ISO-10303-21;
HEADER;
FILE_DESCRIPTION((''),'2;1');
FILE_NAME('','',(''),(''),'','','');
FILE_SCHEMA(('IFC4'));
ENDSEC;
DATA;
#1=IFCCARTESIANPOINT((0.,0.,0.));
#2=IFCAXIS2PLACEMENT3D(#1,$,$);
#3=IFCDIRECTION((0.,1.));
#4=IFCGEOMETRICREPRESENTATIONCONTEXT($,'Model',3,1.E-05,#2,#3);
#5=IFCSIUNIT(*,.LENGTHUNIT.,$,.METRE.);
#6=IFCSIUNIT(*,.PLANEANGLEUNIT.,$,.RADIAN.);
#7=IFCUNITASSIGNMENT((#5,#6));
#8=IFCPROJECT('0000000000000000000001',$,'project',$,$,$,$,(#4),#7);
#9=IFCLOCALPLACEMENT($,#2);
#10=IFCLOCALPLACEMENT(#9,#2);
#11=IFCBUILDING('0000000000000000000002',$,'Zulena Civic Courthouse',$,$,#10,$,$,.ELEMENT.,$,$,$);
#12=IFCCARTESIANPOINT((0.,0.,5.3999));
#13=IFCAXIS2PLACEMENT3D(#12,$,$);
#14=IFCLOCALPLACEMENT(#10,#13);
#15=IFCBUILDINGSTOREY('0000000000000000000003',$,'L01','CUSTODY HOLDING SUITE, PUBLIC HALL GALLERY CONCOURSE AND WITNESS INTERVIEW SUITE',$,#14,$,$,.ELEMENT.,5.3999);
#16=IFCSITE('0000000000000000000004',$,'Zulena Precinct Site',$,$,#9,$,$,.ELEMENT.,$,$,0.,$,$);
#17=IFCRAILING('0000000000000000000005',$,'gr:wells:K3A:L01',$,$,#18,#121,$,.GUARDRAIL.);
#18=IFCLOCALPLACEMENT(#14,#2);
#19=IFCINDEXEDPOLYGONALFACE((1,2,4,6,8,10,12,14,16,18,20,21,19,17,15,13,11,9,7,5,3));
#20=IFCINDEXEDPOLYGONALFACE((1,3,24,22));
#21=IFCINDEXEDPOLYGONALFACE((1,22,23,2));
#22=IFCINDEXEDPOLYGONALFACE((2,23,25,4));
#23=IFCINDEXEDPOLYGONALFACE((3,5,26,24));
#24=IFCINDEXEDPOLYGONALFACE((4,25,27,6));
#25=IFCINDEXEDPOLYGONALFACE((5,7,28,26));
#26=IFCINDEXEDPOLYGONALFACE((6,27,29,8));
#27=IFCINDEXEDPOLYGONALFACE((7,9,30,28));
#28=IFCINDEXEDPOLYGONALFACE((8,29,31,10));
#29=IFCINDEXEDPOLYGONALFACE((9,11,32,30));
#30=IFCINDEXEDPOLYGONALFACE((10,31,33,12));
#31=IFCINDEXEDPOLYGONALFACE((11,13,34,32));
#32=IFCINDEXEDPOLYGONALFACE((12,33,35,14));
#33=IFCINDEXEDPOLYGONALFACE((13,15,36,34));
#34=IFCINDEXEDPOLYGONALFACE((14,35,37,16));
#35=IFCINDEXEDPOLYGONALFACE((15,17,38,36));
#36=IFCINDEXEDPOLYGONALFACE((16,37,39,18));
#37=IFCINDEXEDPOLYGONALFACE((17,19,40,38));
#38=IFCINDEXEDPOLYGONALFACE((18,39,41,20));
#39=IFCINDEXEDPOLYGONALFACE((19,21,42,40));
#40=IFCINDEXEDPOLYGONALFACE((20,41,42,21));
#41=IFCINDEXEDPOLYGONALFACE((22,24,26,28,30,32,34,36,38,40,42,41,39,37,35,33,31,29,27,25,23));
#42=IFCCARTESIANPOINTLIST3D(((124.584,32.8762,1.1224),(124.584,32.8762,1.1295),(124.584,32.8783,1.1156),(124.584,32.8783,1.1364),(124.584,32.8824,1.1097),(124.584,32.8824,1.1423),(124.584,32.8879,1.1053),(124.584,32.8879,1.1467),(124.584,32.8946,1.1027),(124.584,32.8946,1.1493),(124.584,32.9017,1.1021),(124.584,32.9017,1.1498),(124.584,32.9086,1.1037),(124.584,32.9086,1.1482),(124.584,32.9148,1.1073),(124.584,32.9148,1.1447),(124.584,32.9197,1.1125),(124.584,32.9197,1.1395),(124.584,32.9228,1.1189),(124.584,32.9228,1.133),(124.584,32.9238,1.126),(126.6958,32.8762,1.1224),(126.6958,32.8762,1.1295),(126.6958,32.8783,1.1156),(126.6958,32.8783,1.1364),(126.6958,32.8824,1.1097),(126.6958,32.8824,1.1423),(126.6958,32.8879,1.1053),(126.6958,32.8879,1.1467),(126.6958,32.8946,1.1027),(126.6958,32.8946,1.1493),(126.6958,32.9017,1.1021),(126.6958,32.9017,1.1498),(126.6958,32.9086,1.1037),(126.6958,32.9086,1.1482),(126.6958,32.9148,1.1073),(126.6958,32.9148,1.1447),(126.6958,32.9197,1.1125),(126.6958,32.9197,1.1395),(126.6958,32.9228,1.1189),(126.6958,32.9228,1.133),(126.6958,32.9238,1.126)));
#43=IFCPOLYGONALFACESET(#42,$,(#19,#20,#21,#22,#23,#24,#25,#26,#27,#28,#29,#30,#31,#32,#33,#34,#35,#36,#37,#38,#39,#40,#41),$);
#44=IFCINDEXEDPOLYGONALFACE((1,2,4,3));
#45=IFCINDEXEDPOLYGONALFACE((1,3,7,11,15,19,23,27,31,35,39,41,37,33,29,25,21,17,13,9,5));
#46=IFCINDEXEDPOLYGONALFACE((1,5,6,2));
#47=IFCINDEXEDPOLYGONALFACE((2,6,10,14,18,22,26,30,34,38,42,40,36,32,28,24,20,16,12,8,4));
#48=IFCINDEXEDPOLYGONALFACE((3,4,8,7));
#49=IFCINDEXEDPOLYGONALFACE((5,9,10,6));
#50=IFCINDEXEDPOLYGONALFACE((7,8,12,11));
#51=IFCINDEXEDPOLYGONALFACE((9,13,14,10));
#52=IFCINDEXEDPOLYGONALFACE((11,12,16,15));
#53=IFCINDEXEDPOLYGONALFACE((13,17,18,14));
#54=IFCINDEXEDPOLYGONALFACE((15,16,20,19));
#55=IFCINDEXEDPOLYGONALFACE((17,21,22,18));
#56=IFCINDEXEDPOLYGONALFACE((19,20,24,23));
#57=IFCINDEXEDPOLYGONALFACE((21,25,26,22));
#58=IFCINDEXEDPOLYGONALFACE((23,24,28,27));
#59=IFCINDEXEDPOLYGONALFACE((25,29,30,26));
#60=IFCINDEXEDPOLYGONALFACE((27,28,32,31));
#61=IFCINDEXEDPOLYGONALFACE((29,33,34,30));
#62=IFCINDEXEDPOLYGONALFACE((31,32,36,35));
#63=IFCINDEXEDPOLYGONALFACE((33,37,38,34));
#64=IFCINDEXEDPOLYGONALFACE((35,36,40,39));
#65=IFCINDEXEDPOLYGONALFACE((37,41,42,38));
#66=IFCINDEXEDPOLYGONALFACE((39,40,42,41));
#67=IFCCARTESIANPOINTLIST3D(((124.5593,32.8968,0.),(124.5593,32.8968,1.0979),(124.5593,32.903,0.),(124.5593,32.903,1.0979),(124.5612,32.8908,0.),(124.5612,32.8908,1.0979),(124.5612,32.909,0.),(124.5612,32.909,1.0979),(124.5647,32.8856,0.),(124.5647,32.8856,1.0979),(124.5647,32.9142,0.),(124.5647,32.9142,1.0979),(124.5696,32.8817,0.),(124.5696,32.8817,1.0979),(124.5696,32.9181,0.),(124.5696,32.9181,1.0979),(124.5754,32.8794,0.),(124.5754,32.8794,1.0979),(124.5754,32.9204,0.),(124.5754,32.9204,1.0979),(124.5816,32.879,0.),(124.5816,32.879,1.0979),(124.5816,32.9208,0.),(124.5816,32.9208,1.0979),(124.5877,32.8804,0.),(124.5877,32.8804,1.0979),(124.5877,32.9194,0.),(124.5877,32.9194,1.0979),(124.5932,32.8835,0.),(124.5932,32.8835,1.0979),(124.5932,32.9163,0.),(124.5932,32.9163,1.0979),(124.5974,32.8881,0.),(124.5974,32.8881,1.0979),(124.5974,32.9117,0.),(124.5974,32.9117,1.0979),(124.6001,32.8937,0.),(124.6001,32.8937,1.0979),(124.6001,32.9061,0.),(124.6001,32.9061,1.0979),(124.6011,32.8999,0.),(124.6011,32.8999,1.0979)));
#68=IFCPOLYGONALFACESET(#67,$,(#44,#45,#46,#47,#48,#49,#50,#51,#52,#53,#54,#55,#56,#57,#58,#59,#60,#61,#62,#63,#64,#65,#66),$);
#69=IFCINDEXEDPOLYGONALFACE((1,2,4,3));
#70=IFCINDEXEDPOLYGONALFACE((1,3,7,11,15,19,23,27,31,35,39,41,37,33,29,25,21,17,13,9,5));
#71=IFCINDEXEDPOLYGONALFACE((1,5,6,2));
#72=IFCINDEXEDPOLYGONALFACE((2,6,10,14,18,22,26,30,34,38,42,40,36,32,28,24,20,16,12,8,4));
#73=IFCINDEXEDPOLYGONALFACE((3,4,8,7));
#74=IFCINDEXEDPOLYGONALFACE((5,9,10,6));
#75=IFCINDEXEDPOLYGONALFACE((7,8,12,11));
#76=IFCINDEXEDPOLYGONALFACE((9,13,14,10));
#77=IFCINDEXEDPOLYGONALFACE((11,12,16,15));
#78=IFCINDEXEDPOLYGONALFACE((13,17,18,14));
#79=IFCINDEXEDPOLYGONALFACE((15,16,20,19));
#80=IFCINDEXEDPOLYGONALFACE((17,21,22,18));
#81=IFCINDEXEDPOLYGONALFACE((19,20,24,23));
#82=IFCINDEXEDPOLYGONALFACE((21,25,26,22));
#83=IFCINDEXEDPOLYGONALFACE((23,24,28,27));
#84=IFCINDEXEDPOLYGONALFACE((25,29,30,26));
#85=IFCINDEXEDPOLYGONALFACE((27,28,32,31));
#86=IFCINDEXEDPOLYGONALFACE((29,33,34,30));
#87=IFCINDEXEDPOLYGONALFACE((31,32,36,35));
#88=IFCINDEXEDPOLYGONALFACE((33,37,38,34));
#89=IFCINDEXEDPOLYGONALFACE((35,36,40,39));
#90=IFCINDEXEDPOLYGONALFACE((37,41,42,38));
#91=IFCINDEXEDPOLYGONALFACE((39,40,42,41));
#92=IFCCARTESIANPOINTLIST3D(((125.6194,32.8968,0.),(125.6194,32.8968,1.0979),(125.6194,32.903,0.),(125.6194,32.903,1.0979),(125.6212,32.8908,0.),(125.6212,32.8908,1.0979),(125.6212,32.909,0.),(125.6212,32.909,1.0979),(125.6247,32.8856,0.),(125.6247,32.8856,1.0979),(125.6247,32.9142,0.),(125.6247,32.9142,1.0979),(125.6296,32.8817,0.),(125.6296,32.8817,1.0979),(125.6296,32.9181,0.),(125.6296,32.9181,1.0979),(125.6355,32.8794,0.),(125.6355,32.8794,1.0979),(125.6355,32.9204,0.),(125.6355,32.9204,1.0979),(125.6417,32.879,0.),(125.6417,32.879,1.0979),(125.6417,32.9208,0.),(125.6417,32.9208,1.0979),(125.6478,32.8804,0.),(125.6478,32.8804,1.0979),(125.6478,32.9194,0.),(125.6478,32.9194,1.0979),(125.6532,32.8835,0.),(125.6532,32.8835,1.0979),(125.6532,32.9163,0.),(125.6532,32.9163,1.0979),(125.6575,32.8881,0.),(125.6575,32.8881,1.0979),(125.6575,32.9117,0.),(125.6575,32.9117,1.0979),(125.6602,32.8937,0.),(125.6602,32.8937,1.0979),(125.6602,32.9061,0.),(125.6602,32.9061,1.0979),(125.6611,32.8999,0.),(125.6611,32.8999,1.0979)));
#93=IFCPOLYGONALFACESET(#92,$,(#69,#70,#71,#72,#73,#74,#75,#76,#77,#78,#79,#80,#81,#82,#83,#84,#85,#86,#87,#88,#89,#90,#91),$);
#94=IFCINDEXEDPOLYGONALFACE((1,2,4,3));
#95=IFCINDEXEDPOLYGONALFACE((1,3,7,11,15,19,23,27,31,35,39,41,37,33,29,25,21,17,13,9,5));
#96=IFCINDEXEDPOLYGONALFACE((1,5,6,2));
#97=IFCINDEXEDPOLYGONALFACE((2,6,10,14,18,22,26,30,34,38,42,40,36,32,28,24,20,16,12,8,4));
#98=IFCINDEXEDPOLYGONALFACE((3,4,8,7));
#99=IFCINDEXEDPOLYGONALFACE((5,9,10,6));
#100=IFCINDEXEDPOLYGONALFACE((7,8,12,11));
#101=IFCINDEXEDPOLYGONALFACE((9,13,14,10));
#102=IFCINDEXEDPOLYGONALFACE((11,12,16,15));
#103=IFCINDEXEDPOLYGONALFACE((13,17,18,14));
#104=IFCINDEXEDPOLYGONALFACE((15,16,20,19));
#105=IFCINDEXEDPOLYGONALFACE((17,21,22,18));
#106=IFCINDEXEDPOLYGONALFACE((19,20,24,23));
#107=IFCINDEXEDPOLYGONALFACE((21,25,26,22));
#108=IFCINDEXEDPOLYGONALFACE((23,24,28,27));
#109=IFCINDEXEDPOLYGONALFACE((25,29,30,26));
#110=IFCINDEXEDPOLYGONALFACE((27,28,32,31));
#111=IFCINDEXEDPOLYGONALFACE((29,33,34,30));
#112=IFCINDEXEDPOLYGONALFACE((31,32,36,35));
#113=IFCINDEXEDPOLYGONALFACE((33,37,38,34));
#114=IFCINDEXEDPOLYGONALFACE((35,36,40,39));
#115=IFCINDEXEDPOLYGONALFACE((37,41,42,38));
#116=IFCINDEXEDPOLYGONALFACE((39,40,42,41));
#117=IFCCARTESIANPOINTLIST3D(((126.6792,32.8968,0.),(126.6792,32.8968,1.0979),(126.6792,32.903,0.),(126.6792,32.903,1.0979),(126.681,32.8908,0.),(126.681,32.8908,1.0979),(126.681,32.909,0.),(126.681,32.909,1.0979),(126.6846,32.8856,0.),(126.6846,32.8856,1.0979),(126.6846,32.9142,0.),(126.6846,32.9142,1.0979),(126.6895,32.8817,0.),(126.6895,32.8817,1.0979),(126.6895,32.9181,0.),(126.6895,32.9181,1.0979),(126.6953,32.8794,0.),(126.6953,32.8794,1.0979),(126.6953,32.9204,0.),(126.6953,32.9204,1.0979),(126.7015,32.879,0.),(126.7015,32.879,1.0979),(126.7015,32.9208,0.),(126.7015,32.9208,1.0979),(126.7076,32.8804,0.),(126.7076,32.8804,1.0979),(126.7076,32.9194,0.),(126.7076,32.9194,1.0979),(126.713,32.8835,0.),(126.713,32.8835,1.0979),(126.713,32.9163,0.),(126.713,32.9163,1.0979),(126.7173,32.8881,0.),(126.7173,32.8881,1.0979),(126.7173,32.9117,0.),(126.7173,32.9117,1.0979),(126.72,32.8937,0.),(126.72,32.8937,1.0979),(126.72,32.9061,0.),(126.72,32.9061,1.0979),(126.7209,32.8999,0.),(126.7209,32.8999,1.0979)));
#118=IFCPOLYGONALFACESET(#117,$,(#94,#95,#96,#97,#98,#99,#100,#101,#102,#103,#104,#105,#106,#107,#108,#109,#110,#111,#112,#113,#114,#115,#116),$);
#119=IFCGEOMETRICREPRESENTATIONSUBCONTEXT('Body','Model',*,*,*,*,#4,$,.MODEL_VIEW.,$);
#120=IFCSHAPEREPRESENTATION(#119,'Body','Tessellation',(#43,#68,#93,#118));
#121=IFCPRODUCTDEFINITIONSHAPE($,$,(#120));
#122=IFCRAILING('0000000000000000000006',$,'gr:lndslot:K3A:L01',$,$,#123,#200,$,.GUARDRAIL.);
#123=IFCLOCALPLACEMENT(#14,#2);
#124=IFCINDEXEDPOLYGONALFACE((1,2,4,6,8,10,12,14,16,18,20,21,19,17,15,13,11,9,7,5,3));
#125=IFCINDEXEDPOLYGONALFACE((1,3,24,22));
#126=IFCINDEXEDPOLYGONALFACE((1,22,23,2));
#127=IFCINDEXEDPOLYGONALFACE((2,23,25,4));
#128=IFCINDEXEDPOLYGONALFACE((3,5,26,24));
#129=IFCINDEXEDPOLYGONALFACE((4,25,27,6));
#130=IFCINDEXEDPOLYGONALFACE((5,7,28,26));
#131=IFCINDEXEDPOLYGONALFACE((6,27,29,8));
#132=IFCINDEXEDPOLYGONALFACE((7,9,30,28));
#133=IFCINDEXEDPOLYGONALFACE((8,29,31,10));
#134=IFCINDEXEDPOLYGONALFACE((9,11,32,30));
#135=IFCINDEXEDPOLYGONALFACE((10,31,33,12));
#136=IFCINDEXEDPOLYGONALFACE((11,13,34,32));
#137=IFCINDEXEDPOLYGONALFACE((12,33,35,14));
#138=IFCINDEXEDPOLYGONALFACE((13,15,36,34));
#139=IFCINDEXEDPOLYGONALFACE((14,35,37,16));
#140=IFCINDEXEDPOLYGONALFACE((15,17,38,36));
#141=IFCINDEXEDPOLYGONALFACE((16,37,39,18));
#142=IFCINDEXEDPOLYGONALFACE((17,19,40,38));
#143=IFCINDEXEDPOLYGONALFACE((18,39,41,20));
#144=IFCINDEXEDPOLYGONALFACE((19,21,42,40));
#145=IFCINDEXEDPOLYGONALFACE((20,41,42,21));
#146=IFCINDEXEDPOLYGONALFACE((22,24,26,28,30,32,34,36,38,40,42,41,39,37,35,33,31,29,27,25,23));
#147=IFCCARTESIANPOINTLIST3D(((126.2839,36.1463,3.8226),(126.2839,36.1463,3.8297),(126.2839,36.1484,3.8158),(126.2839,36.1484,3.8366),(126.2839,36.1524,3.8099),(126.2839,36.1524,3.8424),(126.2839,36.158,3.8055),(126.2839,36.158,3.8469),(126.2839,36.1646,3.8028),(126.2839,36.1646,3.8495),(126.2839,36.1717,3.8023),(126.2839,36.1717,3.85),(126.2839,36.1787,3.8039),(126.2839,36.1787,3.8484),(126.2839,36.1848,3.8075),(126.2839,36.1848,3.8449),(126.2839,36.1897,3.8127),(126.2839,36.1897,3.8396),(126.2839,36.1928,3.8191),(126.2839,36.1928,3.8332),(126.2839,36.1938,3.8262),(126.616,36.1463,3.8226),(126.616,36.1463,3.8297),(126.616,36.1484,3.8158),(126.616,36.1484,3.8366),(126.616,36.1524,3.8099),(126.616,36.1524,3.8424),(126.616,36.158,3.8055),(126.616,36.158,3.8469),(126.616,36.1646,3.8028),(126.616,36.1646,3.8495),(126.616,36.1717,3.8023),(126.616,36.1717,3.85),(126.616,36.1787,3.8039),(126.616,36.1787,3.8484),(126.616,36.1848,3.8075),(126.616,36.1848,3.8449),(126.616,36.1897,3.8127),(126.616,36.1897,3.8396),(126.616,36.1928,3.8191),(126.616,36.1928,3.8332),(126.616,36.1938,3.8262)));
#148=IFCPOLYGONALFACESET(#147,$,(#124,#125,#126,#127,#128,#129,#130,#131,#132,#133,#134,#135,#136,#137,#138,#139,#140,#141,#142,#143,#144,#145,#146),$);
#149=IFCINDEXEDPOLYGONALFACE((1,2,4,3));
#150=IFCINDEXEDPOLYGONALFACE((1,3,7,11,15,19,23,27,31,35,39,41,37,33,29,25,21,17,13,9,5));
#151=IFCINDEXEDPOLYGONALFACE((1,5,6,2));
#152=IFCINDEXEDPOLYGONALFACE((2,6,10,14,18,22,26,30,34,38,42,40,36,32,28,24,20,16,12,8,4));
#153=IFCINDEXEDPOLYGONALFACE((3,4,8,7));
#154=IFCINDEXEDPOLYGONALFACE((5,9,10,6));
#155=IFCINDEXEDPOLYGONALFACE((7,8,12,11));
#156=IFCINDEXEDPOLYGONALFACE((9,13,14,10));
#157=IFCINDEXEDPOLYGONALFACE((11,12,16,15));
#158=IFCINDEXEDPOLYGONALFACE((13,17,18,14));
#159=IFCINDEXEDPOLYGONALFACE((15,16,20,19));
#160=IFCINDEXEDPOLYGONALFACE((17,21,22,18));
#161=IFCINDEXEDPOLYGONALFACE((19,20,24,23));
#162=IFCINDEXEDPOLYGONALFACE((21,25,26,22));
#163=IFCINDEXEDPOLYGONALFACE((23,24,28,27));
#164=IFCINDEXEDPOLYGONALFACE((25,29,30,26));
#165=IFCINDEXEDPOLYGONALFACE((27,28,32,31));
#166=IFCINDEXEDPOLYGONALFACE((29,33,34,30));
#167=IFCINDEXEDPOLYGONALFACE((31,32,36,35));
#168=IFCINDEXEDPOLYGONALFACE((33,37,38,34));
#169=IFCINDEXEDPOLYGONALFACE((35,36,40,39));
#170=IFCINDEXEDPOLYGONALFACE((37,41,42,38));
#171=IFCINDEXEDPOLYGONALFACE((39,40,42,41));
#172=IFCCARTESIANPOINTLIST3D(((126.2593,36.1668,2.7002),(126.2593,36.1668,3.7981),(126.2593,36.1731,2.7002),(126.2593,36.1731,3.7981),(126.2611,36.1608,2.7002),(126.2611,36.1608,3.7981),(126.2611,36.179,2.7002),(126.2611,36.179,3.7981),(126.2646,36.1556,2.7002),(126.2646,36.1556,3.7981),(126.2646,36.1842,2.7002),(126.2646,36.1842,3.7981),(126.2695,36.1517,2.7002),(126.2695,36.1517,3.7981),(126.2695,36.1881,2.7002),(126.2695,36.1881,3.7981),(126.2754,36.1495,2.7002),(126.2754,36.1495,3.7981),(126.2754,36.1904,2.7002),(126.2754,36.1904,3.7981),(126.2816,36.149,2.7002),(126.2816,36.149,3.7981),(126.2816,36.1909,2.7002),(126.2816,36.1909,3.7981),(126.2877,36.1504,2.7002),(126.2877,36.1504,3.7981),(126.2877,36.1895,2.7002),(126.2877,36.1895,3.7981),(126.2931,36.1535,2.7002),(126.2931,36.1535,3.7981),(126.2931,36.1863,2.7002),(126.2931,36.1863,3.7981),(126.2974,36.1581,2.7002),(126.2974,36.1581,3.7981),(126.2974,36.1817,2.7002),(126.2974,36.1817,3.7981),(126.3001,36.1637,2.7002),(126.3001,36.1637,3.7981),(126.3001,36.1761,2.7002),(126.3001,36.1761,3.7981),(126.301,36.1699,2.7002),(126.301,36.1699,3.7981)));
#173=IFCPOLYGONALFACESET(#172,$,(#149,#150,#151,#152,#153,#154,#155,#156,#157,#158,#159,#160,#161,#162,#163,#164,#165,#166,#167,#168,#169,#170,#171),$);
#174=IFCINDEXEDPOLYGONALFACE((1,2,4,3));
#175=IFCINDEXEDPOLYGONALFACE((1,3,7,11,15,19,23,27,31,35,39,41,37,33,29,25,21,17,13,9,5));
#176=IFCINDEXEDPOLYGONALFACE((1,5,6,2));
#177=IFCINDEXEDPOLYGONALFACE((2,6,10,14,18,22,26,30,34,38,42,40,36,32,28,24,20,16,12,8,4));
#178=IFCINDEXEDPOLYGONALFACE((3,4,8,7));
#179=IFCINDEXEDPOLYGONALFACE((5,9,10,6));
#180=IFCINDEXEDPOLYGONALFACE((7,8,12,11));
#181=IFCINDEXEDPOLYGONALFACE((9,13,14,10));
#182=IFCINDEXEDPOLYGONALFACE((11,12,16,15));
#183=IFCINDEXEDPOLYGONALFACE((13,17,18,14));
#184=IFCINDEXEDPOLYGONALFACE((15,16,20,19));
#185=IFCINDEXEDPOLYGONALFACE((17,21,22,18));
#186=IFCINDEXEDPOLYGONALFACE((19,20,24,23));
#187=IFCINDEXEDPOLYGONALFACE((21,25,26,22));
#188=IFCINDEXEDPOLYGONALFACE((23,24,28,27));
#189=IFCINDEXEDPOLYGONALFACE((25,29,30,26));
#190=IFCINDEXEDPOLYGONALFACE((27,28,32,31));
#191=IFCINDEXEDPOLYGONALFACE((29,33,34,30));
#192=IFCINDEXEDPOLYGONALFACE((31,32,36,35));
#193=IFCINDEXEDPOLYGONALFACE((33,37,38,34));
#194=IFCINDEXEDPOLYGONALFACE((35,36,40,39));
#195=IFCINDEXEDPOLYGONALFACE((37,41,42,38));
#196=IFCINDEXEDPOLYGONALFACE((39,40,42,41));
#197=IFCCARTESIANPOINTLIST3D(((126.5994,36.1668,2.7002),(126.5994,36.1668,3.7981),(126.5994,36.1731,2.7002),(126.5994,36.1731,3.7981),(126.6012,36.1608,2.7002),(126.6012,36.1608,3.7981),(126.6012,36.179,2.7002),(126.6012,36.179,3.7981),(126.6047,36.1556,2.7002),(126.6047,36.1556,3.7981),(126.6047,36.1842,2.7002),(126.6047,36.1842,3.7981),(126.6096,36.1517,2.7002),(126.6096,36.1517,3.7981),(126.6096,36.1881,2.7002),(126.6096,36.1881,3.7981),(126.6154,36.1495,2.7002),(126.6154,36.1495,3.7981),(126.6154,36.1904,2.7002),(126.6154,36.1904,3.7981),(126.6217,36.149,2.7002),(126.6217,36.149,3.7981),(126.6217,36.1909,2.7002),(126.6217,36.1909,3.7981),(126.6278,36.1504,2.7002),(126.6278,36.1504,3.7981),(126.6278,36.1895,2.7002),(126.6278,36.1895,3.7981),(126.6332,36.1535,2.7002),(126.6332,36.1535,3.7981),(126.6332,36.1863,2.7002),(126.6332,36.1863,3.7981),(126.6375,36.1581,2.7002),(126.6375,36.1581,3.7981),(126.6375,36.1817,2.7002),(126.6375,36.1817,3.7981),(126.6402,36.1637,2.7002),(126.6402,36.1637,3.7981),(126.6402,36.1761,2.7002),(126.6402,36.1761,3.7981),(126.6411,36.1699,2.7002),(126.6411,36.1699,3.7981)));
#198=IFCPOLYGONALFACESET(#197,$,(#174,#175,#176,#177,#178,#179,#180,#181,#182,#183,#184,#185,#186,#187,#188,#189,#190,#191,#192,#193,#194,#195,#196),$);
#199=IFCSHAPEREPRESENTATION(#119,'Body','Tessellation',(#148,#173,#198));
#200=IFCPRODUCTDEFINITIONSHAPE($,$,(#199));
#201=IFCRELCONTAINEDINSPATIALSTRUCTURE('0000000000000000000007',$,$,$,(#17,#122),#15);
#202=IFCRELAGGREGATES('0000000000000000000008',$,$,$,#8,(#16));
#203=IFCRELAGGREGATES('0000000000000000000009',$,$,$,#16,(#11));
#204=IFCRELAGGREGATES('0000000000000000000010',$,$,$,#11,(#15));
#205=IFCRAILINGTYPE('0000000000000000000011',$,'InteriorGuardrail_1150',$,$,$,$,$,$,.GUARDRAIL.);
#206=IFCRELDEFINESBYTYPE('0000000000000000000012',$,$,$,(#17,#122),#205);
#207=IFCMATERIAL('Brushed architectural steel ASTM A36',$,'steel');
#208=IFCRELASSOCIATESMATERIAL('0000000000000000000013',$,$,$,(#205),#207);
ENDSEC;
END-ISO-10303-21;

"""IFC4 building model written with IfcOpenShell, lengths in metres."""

from ifc_helpers import new_model, si_unit, direction, frame, origin, origin_2d, place, context, subcontext, project, spatial, circle, extrude, material, type_object, element, save


model = new_model("IFC4")

# Units and contexts
model_context = context("Model", 3, precision=1e-05, world=origin(), true_north=direction((0.0, 1.0)))
body_context = subcontext(model_context, "Body", "Model", "MODEL_VIEW")
ifc_project = project(units=[si_unit("LENGTHUNIT", "METRE"), si_unit("PLANEANGLEUNIT", "RADIAN")], contexts=[model_context])

# Site, building, storey
site_placement = place(None, origin())
site = spatial("IfcSite", under=ifc_project, at=site_placement, Name="Zulena Precinct Site", CompositionType="ELEMENT", RefElevation=0.0)
building_placement = place(site_placement, origin())
building = spatial("IfcBuilding", under=site, at=building_placement, Name="Zulena Civic Courthouse", CompositionType="ELEMENT")
storey_placement = place(building_placement, frame((0.0, 0.0, 5.3999)))
storey = spatial("IfcBuildingStorey", under=building, at=storey_placement, Name="L01", Description="CUSTODY HOLDING SUITE, PUBLIC HALL GALLERY CONCOURSE AND WITNESS INTERVIEW SUITE", CompositionType="ELEMENT", Elevation=5.3999)

# Railings
ifc_material_1 = material(Name="Brushed architectural steel ASTM A36", Category="steel")
railing_type_1 = type_object("IfcRailingType", Name="InteriorGuardrail_1150", PredefinedType="GUARDRAIL", material=ifc_material_1)
railing_1_placement = place(storey_placement, frame((124.5801, 32.8999, 0.0)))
element("IfcRailing", 1, at=railing_1_placement, inside=storey, type_object=railing_type_1, Name="gr:wells:K3A:L01", PredefinedType="GUARDRAIL", context=body_context, shape_type="SweptSolid", body=[
    extrude(circle(Radius=0.0239, at=origin_2d()), frame((0.0039, 0.0, 1.126), z_axis=(1.0, 0.0, 0.0), x_axis=(0.0, 1.0, 0.0)), (0.0, 0.0, 1.0), 2.1118),
    extrude(circle(Radius=0.021, at=origin_2d()), origin(), (0.0, 0.0, 1.0), 1.0979),
    extrude(circle(Radius=0.021, at=origin_2d()), frame((1.0601, 0.0, 0.0)), (0.0, 0.0, 1.0), 1.0979),
    extrude(circle(Radius=0.021, at=origin_2d()), frame((2.1199, 0.0, 0.0)), (0.0, 0.0, 1.0), 1.0979),
])
for number, where, name in (
    (2, (126.28, 36.1699, 2.7002), "gr:lndslot:K3A:L01"),
):
    element("IfcRailing", number, at=place(storey_placement, frame(where)), inside=storey, type_object=railing_type_1, Name=name, PredefinedType="GUARDRAIL", context=body_context, shape_type="SweptSolid", body=[
        extrude(circle(Radius=0.0239, at=origin_2d()), frame((0.0039, 0.0, 1.126), z_axis=(1.0, 0.0, 0.0), x_axis=(0.0, 1.0, 0.0)), (0.0, 0.0, 1.0), 0.332),
        extrude(circle(Radius=0.021, at=origin_2d()), origin(), (0.0, 0.0, 1.0), 1.0979),
        extrude(circle(Radius=0.021, at=origin_2d()), frame((0.3401, 0.0, 0.0)), (0.0, 0.0, 1.0), 1.0979),
    ])

save(model, "model.ifc")
